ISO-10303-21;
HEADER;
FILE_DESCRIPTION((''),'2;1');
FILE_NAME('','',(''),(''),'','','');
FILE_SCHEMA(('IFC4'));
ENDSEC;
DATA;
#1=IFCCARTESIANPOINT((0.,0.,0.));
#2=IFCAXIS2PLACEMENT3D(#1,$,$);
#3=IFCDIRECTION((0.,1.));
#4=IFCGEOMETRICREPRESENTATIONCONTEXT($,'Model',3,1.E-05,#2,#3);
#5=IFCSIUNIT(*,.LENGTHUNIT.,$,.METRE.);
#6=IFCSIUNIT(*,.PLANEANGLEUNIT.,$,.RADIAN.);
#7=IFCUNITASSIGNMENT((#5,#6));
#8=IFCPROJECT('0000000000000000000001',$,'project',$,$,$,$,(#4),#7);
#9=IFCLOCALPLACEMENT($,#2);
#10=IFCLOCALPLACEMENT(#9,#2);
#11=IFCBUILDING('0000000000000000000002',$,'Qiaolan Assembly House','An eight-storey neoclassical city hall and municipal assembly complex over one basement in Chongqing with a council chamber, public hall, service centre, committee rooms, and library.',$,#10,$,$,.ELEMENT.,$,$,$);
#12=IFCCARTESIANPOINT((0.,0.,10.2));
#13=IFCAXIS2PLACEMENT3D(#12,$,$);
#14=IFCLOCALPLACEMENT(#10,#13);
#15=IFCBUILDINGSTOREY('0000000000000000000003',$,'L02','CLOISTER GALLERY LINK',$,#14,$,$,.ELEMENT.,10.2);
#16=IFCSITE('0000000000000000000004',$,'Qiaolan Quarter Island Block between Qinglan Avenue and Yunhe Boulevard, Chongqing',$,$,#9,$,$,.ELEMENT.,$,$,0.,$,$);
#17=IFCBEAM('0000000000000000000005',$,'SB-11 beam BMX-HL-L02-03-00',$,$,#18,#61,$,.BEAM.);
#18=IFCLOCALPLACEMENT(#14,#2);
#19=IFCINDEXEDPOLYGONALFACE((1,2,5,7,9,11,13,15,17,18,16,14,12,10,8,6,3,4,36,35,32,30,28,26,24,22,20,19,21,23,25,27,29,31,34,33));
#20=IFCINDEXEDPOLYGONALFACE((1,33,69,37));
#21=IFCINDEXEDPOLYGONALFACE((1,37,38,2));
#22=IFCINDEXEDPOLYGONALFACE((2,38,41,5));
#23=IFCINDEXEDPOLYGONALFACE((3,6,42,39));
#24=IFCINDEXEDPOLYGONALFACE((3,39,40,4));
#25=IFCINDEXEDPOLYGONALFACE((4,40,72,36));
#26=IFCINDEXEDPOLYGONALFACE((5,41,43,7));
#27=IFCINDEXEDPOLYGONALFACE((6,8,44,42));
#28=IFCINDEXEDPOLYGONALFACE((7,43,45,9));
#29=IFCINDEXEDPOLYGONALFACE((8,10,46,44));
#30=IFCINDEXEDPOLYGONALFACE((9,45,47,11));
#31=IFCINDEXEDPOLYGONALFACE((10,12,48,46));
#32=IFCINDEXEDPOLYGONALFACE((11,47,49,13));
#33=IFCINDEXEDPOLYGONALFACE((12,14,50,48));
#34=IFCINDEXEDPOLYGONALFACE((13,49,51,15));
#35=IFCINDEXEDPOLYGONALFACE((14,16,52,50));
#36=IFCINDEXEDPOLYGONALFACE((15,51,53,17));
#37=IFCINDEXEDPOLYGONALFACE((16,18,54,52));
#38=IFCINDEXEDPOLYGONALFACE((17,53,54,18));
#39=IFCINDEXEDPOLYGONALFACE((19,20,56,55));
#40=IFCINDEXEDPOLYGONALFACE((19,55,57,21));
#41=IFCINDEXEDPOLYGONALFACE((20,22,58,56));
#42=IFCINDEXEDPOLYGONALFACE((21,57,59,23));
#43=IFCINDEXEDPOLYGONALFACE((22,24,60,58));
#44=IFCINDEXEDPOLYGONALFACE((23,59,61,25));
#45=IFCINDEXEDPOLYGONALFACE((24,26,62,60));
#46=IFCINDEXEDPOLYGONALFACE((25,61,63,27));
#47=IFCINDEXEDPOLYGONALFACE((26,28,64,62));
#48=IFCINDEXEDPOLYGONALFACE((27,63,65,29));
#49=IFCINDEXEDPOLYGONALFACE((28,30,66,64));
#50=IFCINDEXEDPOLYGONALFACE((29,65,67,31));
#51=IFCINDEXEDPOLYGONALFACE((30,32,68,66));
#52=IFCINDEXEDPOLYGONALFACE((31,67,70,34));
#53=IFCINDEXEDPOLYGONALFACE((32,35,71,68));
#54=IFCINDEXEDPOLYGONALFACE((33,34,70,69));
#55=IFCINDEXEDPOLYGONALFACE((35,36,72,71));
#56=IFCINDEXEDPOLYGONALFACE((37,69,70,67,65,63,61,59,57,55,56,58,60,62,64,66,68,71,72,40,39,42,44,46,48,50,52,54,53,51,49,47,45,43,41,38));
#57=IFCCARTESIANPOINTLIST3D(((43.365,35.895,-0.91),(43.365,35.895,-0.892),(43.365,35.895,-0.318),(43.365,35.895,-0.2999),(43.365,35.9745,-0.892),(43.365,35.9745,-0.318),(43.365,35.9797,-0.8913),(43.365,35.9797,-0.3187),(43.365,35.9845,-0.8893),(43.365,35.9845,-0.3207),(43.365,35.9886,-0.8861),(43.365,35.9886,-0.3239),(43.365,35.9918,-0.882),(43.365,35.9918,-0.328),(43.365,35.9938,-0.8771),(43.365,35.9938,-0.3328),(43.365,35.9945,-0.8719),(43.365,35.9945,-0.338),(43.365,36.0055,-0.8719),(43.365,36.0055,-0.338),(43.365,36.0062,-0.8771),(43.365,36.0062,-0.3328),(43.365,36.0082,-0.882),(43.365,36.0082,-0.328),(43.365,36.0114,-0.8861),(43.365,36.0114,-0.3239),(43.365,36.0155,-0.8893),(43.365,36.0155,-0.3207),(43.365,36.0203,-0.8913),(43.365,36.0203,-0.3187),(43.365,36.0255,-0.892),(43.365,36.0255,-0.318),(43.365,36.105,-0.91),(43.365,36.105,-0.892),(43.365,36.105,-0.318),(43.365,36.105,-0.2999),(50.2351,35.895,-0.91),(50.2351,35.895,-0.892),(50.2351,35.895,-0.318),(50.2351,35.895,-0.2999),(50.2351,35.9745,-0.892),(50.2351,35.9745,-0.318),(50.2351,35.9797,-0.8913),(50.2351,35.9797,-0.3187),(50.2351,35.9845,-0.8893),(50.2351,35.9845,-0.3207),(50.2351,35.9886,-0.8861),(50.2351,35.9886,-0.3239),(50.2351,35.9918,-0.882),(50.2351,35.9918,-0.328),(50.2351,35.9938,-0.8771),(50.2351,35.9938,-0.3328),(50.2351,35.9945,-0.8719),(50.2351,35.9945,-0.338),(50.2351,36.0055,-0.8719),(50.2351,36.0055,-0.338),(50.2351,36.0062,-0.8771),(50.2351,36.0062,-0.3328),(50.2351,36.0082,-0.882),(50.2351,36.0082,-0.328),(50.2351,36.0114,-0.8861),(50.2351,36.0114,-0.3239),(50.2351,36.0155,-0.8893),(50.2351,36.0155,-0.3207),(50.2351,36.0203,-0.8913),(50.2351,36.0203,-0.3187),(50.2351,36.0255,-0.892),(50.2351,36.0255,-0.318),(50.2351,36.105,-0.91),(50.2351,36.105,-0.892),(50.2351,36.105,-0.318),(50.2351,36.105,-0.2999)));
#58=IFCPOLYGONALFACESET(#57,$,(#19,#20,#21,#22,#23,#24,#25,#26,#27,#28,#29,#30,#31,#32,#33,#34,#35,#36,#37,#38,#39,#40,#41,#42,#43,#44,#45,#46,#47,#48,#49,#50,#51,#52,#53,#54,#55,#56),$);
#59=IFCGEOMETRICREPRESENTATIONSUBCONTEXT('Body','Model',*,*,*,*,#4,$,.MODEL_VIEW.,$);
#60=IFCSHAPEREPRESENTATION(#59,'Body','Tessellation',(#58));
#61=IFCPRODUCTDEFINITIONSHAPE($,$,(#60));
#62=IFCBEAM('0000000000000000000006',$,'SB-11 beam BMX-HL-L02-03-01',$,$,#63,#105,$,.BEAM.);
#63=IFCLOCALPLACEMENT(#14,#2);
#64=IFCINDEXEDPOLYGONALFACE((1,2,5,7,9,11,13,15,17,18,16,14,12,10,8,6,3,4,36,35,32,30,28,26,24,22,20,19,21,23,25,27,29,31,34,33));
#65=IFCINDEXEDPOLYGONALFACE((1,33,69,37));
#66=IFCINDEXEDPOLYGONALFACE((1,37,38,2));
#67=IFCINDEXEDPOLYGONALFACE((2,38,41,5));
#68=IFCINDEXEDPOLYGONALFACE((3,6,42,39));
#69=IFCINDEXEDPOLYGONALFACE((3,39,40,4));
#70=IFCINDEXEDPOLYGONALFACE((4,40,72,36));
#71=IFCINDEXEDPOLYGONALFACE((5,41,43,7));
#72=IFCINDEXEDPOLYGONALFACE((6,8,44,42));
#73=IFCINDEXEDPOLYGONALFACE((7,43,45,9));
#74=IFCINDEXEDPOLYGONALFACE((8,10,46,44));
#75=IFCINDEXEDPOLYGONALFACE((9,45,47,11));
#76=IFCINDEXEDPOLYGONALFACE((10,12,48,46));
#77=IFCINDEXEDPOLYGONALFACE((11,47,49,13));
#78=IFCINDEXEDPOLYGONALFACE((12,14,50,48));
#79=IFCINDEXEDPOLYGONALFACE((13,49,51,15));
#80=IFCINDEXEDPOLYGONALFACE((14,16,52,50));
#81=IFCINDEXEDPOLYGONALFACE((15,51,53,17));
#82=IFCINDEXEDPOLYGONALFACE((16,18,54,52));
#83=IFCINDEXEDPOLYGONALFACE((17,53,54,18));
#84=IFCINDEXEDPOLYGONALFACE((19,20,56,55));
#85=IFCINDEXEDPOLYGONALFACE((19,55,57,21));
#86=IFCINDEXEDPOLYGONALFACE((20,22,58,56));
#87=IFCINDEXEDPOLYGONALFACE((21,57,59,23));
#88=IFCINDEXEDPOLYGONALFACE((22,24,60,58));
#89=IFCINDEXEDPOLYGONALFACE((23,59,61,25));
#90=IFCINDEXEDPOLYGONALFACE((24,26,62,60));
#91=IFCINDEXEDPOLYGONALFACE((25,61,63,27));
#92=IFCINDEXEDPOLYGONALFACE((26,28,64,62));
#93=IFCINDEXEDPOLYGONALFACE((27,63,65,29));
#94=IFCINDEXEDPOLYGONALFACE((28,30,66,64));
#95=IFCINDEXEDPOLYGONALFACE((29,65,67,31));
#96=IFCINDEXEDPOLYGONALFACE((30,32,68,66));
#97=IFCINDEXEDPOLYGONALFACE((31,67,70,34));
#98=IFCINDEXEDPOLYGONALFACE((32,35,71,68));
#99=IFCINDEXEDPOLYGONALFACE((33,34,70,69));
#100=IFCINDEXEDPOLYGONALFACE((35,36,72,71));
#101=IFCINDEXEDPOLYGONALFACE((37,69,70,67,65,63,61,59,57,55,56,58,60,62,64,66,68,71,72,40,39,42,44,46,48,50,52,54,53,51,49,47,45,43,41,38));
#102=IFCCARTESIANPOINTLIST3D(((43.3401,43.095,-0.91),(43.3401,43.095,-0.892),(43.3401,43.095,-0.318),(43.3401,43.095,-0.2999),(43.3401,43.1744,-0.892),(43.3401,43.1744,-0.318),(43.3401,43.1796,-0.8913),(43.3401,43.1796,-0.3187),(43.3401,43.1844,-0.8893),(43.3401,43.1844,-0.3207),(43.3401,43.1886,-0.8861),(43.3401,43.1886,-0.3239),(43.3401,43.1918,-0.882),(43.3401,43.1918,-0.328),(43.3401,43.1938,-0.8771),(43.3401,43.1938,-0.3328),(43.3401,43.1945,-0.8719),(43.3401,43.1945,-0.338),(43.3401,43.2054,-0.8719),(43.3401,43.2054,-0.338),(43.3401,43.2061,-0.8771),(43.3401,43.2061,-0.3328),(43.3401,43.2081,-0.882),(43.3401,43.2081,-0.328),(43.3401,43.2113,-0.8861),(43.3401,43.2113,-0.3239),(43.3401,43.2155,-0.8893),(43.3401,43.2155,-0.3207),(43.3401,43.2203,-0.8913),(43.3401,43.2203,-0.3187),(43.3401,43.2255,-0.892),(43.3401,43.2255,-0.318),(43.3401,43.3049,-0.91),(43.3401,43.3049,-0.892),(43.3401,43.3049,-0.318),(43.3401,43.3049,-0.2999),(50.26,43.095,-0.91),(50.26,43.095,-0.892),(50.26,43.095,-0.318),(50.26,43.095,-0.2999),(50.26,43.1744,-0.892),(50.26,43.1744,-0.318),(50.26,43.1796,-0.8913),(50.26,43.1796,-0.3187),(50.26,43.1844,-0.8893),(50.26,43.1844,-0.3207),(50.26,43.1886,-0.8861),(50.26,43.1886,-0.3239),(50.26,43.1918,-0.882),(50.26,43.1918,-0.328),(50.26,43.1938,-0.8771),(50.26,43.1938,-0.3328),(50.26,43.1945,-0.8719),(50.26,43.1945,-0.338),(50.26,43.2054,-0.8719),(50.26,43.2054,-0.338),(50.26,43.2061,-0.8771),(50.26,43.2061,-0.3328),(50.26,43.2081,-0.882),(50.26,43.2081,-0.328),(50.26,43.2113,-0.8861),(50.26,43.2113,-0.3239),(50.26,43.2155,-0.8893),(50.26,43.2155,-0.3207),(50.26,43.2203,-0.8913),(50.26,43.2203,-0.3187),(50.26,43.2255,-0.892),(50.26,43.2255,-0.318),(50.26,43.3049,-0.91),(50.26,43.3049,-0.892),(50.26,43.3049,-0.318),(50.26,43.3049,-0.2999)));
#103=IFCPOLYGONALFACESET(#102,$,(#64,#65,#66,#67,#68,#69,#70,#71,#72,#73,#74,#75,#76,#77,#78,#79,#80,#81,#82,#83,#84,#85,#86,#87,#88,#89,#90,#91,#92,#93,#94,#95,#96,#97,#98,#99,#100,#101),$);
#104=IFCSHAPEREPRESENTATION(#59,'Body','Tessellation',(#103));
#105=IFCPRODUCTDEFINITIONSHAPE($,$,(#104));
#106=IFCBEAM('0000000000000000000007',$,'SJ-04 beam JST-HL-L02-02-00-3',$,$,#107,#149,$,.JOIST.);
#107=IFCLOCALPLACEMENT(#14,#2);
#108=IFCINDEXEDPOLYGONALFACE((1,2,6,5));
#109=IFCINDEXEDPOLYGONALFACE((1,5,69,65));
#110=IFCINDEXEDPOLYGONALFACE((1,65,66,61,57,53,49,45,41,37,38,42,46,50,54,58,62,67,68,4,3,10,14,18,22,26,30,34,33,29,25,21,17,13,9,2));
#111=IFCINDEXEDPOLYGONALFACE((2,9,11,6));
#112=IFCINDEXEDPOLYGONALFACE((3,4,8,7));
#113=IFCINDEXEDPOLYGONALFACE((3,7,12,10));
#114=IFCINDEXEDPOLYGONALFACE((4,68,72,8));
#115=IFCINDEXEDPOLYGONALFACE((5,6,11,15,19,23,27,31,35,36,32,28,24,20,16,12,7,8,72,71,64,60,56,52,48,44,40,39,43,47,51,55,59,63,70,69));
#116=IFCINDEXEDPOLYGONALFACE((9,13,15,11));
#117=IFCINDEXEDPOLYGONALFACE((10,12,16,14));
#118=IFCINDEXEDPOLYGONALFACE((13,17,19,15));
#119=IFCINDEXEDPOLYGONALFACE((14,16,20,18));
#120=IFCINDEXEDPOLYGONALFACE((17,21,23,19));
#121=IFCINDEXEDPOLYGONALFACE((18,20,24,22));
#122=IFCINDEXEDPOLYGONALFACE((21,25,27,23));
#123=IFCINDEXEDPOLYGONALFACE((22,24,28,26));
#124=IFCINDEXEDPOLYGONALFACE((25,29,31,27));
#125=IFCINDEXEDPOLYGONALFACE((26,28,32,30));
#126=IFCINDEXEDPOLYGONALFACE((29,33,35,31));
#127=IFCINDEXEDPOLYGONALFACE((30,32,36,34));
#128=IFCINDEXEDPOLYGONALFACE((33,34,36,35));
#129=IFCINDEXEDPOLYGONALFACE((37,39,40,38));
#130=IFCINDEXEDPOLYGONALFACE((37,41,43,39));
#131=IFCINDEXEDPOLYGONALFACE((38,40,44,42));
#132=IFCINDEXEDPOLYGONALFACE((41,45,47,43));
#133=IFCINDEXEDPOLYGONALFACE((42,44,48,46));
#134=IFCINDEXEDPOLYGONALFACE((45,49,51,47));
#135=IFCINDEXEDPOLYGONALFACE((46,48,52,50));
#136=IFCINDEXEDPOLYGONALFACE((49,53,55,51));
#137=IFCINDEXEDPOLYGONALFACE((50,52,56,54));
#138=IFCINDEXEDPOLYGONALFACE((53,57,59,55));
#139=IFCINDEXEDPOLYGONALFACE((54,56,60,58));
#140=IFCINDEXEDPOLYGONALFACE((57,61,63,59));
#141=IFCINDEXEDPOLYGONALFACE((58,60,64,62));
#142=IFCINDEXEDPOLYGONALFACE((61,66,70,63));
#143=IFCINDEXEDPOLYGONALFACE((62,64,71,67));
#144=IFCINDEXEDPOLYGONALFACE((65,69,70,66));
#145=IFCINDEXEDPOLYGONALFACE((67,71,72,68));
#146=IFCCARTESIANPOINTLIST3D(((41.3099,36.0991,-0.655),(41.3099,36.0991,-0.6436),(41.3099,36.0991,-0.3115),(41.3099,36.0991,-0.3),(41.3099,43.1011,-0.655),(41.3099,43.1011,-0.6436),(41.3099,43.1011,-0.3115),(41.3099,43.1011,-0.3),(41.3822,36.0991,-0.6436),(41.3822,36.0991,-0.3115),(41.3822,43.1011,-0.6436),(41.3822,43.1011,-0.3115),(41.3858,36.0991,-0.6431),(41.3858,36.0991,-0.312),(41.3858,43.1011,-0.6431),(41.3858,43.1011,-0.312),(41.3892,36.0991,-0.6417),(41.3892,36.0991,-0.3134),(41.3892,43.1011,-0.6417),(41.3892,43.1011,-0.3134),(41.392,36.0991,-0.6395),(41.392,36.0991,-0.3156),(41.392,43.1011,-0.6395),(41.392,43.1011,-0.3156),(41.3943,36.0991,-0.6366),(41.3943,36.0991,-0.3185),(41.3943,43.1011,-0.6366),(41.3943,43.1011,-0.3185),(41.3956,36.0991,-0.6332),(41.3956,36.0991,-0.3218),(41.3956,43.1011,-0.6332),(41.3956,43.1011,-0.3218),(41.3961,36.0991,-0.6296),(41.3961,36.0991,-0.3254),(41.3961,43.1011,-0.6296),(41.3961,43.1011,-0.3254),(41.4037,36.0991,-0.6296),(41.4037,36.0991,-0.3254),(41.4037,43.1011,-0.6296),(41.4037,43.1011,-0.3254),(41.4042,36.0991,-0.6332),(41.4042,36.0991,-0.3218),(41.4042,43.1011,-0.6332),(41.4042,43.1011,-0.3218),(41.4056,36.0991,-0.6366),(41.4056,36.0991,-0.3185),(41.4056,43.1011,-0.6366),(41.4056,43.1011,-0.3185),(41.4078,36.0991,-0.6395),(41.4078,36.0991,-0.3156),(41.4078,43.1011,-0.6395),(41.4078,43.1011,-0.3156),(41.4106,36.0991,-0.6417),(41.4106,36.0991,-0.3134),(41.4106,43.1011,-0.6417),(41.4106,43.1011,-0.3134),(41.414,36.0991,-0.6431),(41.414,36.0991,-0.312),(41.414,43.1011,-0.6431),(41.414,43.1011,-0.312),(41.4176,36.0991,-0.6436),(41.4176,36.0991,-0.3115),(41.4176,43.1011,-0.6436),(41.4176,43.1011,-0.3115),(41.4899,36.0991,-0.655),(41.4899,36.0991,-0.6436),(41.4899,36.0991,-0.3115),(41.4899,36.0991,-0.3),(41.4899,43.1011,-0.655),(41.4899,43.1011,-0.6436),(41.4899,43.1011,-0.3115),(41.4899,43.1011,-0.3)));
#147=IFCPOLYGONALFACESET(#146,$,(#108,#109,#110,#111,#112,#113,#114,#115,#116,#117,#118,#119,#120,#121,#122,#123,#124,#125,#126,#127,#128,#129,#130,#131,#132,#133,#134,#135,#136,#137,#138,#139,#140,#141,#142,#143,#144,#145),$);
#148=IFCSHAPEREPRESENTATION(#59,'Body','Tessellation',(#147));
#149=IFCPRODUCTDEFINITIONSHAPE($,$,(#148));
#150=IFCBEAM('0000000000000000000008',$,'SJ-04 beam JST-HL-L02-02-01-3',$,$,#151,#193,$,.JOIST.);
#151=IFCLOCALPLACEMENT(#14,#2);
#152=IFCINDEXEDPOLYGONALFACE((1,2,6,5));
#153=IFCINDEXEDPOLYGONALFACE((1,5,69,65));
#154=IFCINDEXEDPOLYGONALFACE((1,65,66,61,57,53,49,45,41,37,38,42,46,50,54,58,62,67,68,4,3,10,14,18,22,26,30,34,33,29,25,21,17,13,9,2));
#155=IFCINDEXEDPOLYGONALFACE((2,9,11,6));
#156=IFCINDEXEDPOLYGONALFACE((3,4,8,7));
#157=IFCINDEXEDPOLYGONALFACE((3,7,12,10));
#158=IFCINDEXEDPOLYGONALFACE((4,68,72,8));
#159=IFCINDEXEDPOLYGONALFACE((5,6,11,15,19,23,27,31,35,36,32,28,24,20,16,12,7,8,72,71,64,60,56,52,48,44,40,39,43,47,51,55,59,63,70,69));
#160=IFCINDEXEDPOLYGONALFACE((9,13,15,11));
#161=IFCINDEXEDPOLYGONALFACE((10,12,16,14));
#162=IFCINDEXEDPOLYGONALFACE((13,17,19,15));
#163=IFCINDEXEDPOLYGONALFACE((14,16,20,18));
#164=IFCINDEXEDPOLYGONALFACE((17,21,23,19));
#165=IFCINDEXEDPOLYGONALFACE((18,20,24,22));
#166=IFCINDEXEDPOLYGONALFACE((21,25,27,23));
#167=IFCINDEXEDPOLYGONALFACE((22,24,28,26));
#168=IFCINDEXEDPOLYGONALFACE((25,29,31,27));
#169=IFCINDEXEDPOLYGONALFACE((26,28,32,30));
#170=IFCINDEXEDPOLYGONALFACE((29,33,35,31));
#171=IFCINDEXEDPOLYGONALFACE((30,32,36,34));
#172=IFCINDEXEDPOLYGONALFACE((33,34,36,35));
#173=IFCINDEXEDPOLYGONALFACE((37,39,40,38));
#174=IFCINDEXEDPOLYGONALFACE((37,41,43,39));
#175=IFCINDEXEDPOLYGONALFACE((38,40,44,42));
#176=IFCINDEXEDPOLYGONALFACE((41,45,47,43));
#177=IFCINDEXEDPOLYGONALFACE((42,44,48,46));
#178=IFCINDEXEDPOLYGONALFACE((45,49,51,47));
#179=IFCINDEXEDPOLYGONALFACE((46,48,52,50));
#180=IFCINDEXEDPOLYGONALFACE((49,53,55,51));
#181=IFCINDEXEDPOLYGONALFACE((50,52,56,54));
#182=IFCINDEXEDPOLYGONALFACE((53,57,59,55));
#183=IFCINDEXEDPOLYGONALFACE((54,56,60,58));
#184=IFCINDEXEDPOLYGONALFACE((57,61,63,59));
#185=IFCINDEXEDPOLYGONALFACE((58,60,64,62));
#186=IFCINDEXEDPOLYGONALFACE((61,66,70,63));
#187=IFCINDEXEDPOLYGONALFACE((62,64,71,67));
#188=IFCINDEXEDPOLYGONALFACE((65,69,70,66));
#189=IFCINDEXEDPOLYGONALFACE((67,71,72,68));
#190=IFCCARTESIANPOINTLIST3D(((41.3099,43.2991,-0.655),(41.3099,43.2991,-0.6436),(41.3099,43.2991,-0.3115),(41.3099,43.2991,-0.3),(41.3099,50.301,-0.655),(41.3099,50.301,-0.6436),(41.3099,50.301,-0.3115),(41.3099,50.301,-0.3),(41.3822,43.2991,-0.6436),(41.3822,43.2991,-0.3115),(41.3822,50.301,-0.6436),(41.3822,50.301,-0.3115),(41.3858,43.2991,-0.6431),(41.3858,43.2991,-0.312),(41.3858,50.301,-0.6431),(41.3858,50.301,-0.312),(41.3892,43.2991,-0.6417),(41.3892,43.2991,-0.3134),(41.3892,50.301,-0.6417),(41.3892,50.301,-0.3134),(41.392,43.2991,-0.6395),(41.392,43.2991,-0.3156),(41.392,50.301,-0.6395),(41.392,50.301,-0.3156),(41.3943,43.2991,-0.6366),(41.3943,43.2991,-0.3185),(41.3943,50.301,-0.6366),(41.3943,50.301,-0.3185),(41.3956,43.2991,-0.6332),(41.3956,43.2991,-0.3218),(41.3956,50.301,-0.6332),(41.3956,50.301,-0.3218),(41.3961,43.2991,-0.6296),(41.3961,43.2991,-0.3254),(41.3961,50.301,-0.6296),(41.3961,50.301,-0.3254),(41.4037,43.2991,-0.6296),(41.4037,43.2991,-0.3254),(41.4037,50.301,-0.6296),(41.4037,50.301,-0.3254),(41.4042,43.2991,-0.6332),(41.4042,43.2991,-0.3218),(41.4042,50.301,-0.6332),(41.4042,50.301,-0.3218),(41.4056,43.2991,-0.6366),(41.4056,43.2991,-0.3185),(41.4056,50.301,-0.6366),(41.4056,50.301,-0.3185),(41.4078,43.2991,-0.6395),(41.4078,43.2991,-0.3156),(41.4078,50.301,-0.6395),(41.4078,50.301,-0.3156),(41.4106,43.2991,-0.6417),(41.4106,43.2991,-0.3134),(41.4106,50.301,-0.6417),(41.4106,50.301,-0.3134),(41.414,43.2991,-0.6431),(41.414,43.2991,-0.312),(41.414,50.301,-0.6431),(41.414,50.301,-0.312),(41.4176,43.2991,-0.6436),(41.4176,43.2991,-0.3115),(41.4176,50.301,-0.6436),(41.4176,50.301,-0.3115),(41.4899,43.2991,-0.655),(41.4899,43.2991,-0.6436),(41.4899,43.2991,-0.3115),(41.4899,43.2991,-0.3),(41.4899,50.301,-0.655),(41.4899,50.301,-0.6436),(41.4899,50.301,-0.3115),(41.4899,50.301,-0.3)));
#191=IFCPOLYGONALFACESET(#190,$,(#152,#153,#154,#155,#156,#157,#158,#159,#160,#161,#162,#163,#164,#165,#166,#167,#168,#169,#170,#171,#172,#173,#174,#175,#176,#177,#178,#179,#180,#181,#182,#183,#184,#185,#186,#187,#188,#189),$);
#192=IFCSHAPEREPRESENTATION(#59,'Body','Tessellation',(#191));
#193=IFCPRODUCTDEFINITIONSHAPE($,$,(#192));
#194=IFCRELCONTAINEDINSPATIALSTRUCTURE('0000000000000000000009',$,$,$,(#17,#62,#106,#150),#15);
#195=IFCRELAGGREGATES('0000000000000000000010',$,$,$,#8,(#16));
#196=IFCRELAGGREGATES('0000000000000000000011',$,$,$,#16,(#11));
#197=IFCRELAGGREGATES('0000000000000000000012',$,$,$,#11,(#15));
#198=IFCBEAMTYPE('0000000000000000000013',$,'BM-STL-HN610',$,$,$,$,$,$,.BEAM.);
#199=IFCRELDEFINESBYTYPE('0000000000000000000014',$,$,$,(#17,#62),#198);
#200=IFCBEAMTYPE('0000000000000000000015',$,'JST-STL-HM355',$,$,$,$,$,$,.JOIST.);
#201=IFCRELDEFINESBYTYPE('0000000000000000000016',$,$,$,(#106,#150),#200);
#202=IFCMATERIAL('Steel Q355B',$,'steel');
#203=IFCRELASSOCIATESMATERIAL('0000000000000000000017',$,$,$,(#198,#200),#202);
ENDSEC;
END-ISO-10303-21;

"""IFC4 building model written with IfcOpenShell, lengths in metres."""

from ifc_helpers import new_model, si_unit, direction, frame, origin, origin_2d, place, context, subcontext, project, spatial, i_section, extrude, material, material_profile, profile_set, type_object, element, save


model = new_model("IFC4")

# Units and contexts
model_context = context("Model", 3, precision=1e-05, world=origin(), true_north=direction((0.0, 1.0)))
body_context = subcontext(model_context, "Body", "Model", "MODEL_VIEW")
ifc_project = project(units=[si_unit("LENGTHUNIT", "METRE"), si_unit("PLANEANGLEUNIT", "RADIAN")], contexts=[model_context])

# Site, building, storey
site_placement = place(None, origin())
site = spatial("IfcSite", under=ifc_project, at=site_placement, Name="Qiaolan Quarter Island Block between Qinglan Avenue and Yunhe Boulevard, Chongqing", CompositionType="ELEMENT", RefElevation=0.0)
building_placement = place(site_placement, origin())
building = spatial("IfcBuilding", under=site, at=building_placement, Name="Qiaolan Assembly House", Description="An eight-storey neoclassical city hall and municipal assembly complex over one basement in Chongqing with a council chamber, public hall, service centre, committee rooms, and library.", CompositionType="ELEMENT")
storey_placement = place(building_placement, frame((0.0, 0.0, 10.2)))
storey = spatial("IfcBuildingStorey", under=building, at=storey_placement, Name="L02", Description="CLOISTER GALLERY LINK", CompositionType="ELEMENT", Elevation=10.2)

# Shared definitions
ifc_material_1 = material(Name="Steel Q355B", Category="steel")

# Beams
ifc_material_profile_1 = material_profile(ifc_material_1, i_section(OverallWidth=0.21, OverallDepth=0.6101, WebThickness=0.011, FlangeThickness=0.0181, FilletRadius=0.02, at=origin_2d()), Name="HN 610x210x11x18")
ifc_profile_set_1 = profile_set([ifc_material_profile_1], Name="Steel Q355B")
beam_type_1 = type_object("IfcBeamType", Name="BM-STL-HN610", PredefinedType="BEAM", material=ifc_profile_set_1)
beam_1_placement = place(storey_placement, frame((43.365, 36.0, -0.605), z_axis=(1.0, 0.0, 0.0), x_axis=(0.0, 1.0, 0.0)))
element("IfcBeam", 1, at=beam_1_placement, inside=storey, type_object=beam_type_1, Name="SB-11 beam BMX-HL-L02-03-00", PredefinedType="BEAM", context=body_context, shape_type="SweptSolid", body=[
    extrude(i_section(OverallWidth=0.21, OverallDepth=0.6101, WebThickness=0.011, FlangeThickness=0.0181, FilletRadius=0.02, at=origin_2d()), origin(), (0.0, 0.0, 1.0), 6.8701),
])
beam_2_placement = place(storey_placement, frame((43.3401, 43.2, -0.605), z_axis=(1.0, 0.0, 0.0), x_axis=(0.0, 1.0, 0.0)))
element("IfcBeam", 2, at=beam_2_placement, inside=storey, type_object=beam_type_1, Name="SB-11 beam BMX-HL-L02-03-01", PredefinedType="BEAM", context=body_context, shape_type="SweptSolid", body=[
    extrude(i_section(OverallWidth=0.21, OverallDepth=0.6101, WebThickness=0.011, FlangeThickness=0.0181, FilletRadius=0.02, at=origin_2d()), origin(), (0.0, 0.0, 1.0), 6.9199),
])
ifc_material_profile_2 = material_profile(ifc_material_1, i_section(OverallWidth=0.1799, OverallDepth=0.355, WebThickness=0.0076, FlangeThickness=0.0115, FilletRadius=0.0139, at=origin_2d()), Name="HM 355x180x7.5x11.5")
ifc_profile_set_2 = profile_set([ifc_material_profile_2], Name="Steel Q355B")
beam_type_2 = type_object("IfcBeamType", Name="JST-STL-HM355", PredefinedType="JOIST", material=ifc_profile_set_2)
for number, where, z_axis, x_axis, name in (
    (3, (41.3999, 36.0991, -0.4775), (0.0, 1.0, 0.0), (-1.0, 0.0, 0.0), "SJ-04 beam JST-HL-L02-02-00-3"),
    (4, (41.3999, 43.2991, -0.4775), (0.0, 1.0, 0.0), (-1.0, 0.0, 0.0), "SJ-04 beam JST-HL-L02-02-01-3"),
):
    element("IfcBeam", number, at=place(storey_placement, frame(where, z_axis=z_axis, x_axis=x_axis)), inside=storey, type_object=beam_type_2, Name=name, PredefinedType="JOIST", context=body_context, shape_type="SweptSolid", body=[
        extrude(i_section(OverallWidth=0.1799, OverallDepth=0.355, WebThickness=0.0076, FlangeThickness=0.0115, FilletRadius=0.0139, at=origin_2d()), origin(), (0.0, 0.0, 1.0), 7.002),
    ])

save(model, "model.ifc")
